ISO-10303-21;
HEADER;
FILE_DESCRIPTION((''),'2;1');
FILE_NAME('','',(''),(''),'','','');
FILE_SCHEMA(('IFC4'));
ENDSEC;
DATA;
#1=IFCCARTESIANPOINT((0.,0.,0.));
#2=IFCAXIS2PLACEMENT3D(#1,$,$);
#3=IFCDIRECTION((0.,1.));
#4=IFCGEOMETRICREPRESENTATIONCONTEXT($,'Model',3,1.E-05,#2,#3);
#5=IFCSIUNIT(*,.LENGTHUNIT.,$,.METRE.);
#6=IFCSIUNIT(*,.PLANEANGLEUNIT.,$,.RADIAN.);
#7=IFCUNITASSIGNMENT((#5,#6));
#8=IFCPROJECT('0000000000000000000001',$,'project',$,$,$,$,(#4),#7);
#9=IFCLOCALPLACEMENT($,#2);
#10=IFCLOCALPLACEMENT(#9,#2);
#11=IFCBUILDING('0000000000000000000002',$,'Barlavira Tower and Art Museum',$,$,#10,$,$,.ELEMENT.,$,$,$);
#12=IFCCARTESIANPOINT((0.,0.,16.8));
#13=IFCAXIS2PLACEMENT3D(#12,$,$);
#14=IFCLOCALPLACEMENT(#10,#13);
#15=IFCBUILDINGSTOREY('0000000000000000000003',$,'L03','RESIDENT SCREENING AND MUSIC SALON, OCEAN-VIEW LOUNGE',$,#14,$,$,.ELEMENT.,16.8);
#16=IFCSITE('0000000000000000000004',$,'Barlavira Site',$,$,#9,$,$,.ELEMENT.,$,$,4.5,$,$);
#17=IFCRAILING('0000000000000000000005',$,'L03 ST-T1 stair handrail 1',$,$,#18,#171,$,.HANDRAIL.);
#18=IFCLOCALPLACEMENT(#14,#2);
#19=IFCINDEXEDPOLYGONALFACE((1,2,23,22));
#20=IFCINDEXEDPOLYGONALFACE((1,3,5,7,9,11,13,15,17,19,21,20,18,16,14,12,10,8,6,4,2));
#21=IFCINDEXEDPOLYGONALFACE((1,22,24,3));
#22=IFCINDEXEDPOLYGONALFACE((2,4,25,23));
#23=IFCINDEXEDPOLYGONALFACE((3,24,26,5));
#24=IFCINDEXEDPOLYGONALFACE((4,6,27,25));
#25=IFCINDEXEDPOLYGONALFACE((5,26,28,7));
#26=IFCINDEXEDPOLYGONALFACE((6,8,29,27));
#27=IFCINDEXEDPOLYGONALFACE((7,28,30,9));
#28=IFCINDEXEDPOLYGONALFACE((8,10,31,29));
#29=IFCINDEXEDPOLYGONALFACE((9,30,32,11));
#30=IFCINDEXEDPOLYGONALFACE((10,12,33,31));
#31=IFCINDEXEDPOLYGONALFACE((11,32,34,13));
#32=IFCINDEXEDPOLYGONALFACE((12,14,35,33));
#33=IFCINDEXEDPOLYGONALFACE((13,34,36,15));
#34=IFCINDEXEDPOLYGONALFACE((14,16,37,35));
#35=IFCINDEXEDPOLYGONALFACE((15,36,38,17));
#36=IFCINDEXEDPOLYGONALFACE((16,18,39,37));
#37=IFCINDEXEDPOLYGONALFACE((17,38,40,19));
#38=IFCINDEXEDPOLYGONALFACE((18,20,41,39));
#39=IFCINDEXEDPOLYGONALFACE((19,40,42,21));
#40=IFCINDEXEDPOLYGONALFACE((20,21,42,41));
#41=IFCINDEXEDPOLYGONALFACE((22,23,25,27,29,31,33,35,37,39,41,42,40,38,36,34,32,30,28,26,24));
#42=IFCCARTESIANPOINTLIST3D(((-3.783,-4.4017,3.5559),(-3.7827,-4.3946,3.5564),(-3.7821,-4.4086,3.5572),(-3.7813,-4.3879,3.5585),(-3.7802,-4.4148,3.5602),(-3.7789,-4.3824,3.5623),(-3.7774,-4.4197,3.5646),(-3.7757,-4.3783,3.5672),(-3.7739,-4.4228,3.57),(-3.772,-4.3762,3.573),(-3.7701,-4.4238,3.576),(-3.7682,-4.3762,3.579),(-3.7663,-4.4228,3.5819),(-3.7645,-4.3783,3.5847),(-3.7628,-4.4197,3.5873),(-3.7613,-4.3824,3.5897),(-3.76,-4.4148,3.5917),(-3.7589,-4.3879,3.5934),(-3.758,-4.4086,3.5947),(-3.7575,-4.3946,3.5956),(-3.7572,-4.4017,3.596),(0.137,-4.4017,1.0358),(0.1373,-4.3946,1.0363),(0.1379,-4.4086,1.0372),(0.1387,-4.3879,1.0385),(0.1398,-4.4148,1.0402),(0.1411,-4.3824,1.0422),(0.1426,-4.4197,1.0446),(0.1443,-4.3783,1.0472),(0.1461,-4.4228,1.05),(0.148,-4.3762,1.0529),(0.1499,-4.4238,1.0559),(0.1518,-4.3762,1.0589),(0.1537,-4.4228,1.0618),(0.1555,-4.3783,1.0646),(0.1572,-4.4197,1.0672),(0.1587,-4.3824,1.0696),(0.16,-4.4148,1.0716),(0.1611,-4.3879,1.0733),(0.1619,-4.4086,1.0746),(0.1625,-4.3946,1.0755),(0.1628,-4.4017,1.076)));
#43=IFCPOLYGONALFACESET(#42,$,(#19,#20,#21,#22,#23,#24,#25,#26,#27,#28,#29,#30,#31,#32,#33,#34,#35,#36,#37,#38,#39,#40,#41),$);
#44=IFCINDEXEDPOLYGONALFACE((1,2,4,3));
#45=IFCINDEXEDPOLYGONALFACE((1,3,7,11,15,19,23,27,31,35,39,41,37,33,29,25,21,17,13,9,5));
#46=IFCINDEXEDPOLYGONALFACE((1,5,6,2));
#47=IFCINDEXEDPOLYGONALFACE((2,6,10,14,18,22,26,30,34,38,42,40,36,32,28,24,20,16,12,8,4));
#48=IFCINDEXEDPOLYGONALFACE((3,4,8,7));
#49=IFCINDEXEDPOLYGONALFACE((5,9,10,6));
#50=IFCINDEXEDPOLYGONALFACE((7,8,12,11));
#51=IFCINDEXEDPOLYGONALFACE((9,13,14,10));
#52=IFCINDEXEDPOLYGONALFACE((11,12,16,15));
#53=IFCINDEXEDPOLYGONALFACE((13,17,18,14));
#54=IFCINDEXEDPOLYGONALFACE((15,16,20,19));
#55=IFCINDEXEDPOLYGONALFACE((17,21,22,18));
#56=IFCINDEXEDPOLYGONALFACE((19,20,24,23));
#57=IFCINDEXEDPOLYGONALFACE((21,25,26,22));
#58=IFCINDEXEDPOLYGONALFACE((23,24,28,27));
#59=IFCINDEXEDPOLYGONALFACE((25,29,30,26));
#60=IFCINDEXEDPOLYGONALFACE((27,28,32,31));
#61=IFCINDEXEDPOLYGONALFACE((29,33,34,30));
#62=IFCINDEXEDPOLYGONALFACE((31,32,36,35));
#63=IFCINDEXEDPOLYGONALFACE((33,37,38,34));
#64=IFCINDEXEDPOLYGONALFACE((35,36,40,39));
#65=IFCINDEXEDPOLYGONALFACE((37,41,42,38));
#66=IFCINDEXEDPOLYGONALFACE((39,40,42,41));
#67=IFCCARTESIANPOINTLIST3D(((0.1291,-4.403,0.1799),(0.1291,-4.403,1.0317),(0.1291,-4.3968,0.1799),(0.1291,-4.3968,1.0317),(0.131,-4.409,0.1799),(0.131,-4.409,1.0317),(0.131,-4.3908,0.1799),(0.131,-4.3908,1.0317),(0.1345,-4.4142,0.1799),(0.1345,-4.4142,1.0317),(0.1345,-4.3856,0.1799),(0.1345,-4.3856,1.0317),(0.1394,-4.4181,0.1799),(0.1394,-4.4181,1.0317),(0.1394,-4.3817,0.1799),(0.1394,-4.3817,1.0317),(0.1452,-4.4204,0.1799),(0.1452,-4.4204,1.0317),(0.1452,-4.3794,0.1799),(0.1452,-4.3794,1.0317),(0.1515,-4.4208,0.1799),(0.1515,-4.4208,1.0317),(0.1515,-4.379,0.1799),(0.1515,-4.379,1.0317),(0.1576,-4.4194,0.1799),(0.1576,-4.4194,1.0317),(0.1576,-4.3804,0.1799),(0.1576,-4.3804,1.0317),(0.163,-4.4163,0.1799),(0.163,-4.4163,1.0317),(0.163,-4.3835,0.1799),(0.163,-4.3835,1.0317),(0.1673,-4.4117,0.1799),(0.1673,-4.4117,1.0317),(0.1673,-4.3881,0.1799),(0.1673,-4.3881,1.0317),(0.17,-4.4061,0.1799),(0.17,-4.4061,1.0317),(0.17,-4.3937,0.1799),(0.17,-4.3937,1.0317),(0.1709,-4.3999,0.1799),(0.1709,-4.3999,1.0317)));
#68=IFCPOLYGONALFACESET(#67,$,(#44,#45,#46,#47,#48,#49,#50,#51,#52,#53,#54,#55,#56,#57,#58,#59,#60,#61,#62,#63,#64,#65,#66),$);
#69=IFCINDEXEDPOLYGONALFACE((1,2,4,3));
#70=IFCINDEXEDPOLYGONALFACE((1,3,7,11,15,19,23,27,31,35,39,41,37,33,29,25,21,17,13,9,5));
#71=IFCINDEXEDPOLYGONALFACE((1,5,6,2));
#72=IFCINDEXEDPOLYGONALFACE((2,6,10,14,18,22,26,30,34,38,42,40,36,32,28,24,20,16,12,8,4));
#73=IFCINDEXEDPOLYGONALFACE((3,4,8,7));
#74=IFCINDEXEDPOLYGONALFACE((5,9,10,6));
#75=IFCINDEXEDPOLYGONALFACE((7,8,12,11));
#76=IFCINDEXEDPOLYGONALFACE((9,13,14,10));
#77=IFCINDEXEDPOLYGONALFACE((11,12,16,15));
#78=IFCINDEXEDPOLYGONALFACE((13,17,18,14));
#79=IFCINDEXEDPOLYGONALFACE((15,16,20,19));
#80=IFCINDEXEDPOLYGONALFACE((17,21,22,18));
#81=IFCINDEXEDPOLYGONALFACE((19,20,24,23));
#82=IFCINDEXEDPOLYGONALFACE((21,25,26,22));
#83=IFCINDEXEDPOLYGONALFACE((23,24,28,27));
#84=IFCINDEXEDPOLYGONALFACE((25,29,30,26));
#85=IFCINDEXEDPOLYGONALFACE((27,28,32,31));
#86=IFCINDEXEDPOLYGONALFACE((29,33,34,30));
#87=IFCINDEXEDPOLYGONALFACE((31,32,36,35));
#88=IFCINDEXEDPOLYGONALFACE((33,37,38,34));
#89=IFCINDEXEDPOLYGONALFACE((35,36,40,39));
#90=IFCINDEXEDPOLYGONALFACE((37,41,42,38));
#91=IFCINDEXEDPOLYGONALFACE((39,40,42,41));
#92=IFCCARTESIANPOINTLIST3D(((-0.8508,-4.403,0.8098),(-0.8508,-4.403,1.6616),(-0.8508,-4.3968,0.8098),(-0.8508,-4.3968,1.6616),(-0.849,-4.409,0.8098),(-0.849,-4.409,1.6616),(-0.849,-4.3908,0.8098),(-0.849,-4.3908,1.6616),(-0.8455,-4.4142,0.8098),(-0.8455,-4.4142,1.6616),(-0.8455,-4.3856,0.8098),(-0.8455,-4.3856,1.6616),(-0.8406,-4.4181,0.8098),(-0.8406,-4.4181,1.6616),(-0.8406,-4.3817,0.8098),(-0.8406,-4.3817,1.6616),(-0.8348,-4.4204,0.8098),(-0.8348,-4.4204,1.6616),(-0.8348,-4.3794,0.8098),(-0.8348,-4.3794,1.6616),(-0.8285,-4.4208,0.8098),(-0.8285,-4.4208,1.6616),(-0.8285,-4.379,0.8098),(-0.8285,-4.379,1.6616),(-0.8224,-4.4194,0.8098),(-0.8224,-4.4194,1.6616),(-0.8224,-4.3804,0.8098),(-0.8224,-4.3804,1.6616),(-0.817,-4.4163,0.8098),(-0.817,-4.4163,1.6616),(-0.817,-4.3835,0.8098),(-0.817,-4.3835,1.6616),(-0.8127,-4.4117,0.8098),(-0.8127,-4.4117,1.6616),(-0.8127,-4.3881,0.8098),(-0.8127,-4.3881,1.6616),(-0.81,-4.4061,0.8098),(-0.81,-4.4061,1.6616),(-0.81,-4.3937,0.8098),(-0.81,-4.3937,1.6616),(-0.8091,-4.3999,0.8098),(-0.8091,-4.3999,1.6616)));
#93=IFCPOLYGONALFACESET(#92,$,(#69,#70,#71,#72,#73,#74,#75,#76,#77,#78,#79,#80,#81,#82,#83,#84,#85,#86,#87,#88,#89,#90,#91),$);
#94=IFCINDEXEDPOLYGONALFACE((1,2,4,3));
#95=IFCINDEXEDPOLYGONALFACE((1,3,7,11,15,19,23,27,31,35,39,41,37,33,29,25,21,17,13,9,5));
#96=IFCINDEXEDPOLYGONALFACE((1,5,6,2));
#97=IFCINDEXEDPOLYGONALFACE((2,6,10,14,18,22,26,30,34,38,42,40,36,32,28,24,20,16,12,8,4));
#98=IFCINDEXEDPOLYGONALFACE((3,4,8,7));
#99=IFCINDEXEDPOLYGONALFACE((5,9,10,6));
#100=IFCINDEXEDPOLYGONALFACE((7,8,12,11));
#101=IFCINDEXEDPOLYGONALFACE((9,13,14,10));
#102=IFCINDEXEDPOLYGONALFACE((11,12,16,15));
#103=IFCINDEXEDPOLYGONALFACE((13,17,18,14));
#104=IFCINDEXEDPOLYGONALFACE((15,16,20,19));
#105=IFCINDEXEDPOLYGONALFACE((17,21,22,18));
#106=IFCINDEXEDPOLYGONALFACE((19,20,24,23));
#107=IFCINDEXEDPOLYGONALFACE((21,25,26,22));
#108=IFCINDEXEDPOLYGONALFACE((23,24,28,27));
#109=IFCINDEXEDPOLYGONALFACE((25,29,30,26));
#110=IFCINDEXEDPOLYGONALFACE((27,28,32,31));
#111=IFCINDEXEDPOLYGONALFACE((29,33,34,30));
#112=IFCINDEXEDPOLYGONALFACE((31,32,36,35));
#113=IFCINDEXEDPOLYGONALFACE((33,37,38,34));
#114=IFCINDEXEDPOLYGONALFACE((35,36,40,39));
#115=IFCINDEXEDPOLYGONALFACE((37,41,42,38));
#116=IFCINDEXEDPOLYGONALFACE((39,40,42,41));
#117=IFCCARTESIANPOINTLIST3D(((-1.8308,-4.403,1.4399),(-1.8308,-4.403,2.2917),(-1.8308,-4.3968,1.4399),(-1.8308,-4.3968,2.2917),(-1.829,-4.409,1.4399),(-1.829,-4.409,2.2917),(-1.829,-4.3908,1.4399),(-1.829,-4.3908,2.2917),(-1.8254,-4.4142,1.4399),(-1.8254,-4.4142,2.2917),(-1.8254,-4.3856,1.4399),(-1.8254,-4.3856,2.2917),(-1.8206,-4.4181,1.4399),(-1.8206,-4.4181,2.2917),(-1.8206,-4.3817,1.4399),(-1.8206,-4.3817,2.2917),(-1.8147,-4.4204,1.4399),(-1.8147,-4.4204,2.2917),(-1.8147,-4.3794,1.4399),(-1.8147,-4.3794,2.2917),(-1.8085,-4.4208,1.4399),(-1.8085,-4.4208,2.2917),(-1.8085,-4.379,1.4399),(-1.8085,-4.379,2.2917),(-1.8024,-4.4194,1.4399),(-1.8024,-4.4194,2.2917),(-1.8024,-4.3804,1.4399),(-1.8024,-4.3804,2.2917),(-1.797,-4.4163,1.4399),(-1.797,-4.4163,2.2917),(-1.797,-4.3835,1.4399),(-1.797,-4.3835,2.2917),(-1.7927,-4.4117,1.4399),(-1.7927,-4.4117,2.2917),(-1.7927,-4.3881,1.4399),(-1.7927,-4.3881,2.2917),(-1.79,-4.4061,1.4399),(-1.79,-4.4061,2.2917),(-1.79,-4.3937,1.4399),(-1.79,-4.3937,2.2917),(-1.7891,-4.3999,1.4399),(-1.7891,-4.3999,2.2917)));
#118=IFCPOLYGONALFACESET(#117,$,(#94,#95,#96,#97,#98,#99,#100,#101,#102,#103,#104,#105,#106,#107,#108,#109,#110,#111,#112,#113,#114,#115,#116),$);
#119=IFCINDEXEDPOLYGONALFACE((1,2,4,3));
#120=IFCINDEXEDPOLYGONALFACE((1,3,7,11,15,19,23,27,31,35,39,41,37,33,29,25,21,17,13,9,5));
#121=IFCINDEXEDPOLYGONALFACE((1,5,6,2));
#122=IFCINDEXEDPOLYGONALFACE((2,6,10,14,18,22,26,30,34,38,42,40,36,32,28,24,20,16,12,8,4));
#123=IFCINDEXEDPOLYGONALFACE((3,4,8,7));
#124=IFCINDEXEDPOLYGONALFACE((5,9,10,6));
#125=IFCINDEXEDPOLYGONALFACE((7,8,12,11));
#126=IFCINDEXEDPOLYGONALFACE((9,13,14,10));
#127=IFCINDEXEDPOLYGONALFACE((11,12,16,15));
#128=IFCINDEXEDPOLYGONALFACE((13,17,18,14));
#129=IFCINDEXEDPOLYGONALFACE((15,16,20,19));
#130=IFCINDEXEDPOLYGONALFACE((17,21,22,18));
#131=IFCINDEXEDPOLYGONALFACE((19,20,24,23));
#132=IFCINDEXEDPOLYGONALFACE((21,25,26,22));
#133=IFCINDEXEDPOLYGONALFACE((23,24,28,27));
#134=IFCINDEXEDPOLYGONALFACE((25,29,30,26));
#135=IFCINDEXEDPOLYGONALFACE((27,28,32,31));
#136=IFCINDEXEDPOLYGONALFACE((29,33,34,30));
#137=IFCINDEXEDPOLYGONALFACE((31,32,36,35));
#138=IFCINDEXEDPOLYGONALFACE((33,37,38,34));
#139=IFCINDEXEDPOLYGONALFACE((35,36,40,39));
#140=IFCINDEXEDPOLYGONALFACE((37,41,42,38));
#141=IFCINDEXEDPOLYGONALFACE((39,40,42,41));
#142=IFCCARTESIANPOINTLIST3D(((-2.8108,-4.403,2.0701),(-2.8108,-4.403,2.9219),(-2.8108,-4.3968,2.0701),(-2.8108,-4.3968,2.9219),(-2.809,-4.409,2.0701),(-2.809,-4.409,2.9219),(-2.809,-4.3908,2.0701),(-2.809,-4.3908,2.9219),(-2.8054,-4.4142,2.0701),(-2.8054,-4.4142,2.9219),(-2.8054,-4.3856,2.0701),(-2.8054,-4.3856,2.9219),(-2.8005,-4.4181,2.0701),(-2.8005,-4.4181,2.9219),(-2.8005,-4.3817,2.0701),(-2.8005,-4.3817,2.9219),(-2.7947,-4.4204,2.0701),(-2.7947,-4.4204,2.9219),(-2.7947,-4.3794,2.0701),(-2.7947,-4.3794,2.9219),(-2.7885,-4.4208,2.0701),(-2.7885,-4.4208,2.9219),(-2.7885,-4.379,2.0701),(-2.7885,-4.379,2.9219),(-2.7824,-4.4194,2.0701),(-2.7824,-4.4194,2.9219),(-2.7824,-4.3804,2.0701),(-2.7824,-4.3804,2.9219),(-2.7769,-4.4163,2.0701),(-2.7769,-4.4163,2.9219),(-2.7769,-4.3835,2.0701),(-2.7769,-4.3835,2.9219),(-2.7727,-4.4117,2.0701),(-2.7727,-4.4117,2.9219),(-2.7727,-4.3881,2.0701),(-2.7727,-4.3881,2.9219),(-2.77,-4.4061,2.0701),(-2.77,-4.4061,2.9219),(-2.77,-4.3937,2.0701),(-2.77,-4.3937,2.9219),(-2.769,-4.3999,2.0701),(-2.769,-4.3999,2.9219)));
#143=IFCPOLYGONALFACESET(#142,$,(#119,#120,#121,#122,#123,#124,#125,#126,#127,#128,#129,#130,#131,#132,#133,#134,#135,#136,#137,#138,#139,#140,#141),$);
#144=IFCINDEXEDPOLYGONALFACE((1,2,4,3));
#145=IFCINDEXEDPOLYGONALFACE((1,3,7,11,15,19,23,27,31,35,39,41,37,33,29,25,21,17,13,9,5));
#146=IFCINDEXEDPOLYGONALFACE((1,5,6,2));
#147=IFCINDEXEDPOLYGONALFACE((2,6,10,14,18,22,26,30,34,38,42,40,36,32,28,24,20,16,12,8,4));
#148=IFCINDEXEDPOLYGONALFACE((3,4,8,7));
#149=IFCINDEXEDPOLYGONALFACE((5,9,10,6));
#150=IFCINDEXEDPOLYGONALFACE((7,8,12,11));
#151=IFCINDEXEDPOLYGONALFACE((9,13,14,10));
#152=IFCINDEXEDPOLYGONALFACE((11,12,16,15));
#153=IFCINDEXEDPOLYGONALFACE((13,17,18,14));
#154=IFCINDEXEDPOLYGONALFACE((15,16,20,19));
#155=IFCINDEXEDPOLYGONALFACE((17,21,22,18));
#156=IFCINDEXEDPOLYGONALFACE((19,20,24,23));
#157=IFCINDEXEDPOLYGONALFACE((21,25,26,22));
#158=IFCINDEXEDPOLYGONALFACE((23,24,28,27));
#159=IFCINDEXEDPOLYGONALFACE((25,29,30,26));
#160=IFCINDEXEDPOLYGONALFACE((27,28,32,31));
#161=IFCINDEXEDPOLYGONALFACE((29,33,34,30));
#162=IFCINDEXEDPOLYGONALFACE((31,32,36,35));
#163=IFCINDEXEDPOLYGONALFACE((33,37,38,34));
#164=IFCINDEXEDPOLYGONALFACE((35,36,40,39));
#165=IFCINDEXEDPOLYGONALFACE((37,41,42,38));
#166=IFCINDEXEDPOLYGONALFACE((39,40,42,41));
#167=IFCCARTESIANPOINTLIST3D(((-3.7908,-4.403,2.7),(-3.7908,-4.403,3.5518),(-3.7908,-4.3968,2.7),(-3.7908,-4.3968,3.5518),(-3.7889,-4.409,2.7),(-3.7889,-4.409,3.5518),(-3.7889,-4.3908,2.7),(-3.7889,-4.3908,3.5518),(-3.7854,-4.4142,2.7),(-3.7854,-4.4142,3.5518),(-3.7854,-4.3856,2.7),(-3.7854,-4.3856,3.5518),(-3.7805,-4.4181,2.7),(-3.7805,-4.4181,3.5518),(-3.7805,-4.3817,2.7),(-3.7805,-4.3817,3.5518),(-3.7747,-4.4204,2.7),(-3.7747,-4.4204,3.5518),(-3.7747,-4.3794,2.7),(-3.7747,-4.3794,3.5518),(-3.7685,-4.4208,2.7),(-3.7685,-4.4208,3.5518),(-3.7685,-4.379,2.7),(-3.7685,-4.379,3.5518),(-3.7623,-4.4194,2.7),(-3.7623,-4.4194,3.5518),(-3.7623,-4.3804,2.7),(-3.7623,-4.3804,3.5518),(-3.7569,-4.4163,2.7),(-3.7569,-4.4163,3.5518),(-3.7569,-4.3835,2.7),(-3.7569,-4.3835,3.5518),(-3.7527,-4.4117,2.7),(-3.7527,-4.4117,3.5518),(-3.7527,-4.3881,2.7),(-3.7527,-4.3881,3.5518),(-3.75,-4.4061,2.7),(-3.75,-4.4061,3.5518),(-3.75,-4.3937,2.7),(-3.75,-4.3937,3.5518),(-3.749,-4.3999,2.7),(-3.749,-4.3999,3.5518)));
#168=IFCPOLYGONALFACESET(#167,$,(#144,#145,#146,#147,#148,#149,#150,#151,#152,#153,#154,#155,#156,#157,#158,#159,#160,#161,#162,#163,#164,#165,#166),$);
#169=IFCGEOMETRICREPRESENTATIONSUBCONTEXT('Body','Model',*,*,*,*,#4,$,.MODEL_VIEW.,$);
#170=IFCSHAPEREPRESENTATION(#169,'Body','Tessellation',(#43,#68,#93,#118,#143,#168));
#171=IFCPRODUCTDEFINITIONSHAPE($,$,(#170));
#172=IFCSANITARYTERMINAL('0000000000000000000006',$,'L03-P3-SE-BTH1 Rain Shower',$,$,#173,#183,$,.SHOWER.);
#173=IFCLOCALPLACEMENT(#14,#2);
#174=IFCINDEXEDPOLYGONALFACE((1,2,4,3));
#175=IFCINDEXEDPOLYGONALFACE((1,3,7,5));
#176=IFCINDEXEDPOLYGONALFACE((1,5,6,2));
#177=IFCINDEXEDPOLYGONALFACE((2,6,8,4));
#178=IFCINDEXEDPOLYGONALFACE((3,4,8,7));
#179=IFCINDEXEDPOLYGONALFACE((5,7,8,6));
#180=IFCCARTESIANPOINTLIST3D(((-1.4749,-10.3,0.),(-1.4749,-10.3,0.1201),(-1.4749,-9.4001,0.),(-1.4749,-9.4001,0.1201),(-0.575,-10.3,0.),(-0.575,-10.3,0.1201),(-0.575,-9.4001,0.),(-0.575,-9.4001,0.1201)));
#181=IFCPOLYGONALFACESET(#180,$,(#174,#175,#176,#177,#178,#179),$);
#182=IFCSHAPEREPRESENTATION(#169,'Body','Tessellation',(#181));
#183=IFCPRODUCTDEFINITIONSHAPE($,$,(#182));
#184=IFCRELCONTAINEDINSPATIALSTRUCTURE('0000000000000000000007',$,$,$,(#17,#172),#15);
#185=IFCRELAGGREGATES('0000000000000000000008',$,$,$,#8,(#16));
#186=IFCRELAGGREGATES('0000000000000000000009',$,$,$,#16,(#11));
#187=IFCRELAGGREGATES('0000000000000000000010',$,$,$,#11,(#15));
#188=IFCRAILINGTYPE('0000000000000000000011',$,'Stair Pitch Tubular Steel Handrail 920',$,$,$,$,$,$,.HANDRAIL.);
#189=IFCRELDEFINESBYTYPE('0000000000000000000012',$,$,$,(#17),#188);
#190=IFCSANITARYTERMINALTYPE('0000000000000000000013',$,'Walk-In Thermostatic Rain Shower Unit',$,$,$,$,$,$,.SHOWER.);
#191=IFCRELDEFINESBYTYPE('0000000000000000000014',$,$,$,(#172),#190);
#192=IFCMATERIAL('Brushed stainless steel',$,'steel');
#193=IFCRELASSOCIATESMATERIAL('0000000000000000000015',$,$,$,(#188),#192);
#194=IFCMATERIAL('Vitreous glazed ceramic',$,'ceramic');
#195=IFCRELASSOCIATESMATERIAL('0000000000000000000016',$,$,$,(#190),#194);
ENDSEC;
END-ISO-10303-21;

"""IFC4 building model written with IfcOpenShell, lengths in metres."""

from ifc_helpers import new_model, si_unit, direction, frame, origin, origin_2d, place, context, subcontext, project, spatial, rectangle, circle, extrude, material, type_object, element, save


model = new_model("IFC4")

# Units and contexts
model_context = context("Model", 3, precision=1e-05, world=origin(), true_north=direction((0.0, 1.0)))
body_context = subcontext(model_context, "Body", "Model", "MODEL_VIEW")
ifc_project = project(units=[si_unit("LENGTHUNIT", "METRE"), si_unit("PLANEANGLEUNIT", "RADIAN")], contexts=[model_context])

# Site, building, storey
site_placement = place(None, origin())
site = spatial("IfcSite", under=ifc_project, at=site_placement, Name="Barlavira Site", CompositionType="ELEMENT", RefElevation=4.5)
building_placement = place(site_placement, origin())
building = spatial("IfcBuilding", under=site, at=building_placement, Name="Barlavira Tower and Art Museum", CompositionType="ELEMENT")
storey_placement = place(building_placement, frame((0.0, 0.0, 16.8)))
storey = spatial("IfcBuildingStorey", under=building, at=storey_placement, Name="L03", Description="RESIDENT SCREENING AND MUSIC SALON, OCEAN-VIEW LOUNGE", CompositionType="ELEMENT", Elevation=16.8)

# Shared definitions
ifc_material_1 = material(Name="Brushed stainless steel", Category="steel")

# Railing
railing_type_1 = type_object("IfcRailingType", Name="Stair Pitch Tubular Steel Handrail 920", PredefinedType="HANDRAIL", material=ifc_material_1)
railing_1_placement = place(storey_placement, frame((0.1499, -4.3999, 0.1799)))
element("IfcRailing", 1, at=railing_1_placement, inside=storey, type_object=railing_type_1, Name="L03 ST-T1 stair handrail 1", PredefinedType="HANDRAIL", context=body_context, shape_type="SweptSolid", body=[
    extrude(circle(Radius=0.0239, at=origin_2d()), frame((0.0, 0.0, 0.876), z_axis=(-0.841172, 0.0, 0.540768), x_axis=(0.0, -1.0, 0.0)), (0.0, 0.0, 1.0), 4.6602),
    extrude(circle(Radius=0.021, at=origin_2d()), origin(), (0.0, 0.0, 1.0), 0.8518),
    extrude(circle(Radius=0.021, at=origin_2d()), frame((-0.98, 0.0, 0.6299)), (0.0, 0.0, 1.0), 0.8518),
    extrude(circle(Radius=0.021, at=origin_2d()), frame((-1.96, 0.0, 1.26)), (0.0, 0.0, 1.0), 0.8518),
    extrude(circle(Radius=0.021, at=origin_2d()), frame((-2.9399, 0.0, 1.8901)), (0.0, 0.0, 1.0), 0.8518),
    extrude(circle(Radius=0.021, at=origin_2d()), frame((-3.9199, 0.0, 2.52)), (0.0, 0.0, 1.0), 0.8518),
])

# Sanitary terminal
ifc_material_2 = material(Name="Vitreous glazed ceramic", Category="ceramic")
sanitary_terminal_type = type_object("IfcSanitaryTerminalType", Name="Walk-In Thermostatic Rain Shower Unit", PredefinedType="SHOWER", material=ifc_material_2)
sanitary_terminal_placement = place(storey_placement, frame((-1.0249, -9.8501, 0.0), z_axis=(0.0, 0.0, 1.0), x_axis=(1.0, 0.0, 0.0)))
element("IfcSanitaryTerminal", 2, at=sanitary_terminal_placement, inside=storey, type_object=sanitary_terminal_type, Name="L03-P3-SE-BTH1 Rain Shower", PredefinedType="SHOWER", context=body_context, shape_type="SweptSolid", body=[
    extrude(rectangle(XDim=0.8999, YDim=0.8999, at=origin_2d()), origin(), (0.0, 0.0, 1.0), 0.1201),
])

save(model, "model.ifc")
